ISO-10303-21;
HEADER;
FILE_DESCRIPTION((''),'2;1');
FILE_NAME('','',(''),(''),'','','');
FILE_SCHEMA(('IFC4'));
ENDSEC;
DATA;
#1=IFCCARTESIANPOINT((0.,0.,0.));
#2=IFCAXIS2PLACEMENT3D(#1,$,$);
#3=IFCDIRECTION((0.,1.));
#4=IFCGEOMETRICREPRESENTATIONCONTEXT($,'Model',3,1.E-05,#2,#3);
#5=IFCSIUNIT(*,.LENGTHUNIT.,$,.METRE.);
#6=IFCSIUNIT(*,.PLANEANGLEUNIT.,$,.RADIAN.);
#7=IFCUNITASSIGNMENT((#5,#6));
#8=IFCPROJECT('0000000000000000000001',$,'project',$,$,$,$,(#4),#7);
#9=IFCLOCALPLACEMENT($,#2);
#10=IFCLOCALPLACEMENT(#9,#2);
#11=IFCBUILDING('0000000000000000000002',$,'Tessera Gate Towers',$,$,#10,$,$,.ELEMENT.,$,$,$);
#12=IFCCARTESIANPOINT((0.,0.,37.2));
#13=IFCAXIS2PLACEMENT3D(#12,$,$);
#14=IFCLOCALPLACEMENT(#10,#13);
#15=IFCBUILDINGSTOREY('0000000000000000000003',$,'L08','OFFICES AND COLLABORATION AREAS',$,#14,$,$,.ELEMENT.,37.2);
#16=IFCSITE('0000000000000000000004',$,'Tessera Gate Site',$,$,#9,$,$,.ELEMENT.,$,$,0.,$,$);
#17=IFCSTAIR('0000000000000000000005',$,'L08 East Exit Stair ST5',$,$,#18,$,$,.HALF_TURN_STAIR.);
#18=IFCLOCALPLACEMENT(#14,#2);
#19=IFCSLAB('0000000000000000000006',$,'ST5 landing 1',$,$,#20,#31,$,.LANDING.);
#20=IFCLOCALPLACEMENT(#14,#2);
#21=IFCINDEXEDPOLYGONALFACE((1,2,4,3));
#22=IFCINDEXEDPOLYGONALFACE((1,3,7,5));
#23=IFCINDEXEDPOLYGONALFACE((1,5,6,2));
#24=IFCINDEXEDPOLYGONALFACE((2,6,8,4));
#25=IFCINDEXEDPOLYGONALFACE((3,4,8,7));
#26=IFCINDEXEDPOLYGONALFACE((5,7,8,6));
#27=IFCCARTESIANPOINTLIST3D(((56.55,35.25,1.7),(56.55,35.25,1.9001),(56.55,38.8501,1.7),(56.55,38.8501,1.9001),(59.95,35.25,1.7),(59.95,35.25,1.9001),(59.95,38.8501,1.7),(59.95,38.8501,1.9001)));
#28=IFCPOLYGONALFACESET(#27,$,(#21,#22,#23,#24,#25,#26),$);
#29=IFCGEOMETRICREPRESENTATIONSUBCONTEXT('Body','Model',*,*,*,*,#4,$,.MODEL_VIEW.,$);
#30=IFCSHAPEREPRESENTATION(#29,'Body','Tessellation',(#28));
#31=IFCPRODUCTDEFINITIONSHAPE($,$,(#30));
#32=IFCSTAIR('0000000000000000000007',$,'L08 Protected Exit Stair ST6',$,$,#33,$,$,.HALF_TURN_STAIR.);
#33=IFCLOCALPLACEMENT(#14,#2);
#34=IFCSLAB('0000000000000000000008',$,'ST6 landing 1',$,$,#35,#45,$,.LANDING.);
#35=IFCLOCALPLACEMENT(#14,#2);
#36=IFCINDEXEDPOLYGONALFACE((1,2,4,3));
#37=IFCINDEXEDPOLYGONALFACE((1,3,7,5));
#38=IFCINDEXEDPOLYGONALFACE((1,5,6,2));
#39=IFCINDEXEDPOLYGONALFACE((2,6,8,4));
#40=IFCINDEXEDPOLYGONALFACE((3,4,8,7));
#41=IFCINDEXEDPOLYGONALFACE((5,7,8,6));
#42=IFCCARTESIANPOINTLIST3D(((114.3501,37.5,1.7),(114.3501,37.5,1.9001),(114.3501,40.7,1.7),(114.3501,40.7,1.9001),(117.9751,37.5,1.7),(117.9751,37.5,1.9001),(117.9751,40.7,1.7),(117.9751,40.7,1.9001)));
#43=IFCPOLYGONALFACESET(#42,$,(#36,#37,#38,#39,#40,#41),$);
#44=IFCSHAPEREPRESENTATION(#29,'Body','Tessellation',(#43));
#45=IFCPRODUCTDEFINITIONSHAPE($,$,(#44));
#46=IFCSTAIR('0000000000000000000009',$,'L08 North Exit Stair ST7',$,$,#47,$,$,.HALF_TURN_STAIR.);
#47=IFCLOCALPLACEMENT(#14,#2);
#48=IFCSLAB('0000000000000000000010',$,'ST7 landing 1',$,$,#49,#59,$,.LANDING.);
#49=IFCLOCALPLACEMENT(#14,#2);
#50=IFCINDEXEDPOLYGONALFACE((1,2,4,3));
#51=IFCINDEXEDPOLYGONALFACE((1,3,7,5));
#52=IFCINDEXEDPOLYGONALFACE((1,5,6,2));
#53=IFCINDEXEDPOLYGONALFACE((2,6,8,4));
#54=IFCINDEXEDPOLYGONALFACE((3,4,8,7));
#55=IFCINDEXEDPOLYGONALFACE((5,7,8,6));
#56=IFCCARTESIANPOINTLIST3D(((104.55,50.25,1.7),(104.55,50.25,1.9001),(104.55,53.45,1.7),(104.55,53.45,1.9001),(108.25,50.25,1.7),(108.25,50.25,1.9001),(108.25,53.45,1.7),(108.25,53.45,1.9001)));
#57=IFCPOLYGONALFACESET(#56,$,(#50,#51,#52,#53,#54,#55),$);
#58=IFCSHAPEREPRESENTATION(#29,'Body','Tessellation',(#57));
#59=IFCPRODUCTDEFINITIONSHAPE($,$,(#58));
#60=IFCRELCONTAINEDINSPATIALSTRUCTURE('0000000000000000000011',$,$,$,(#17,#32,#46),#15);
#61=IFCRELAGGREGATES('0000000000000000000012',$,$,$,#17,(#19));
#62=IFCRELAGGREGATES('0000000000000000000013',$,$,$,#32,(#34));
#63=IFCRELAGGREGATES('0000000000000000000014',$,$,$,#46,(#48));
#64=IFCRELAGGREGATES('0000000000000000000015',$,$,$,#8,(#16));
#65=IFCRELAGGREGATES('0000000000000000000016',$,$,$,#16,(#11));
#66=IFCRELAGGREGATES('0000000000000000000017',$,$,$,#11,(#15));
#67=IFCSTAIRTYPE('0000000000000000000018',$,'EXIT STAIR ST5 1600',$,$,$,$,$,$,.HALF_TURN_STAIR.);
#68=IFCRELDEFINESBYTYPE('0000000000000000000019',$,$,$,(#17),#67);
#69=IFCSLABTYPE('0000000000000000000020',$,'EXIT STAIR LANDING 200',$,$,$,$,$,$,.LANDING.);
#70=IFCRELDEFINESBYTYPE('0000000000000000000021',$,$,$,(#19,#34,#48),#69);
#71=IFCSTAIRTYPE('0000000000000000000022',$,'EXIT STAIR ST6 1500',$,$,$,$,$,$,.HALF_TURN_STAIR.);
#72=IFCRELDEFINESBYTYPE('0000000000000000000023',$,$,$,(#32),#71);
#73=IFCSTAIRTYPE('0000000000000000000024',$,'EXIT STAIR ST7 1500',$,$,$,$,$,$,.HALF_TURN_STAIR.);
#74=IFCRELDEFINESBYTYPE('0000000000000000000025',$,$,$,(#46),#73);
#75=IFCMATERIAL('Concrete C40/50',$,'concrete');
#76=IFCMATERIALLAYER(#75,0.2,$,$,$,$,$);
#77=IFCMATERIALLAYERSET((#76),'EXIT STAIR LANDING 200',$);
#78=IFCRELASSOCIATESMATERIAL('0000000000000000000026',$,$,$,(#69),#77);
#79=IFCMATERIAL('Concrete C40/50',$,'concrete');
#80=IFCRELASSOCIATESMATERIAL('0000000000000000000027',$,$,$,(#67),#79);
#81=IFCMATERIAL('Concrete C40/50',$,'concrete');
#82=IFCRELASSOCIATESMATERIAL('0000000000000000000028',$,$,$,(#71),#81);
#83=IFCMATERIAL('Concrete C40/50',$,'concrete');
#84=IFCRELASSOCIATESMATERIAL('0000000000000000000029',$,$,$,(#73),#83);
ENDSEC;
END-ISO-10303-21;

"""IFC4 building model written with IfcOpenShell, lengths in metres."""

from ifc_helpers import new_model, si_unit, direction, frame, origin, place, context, subcontext, project, spatial, polyline, outline, extrude, material, layer, layer_set, type_object, element, aggregate, save


model = new_model("IFC4")

# Units and contexts
model_context = context("Model", 3, precision=1e-05, world=origin(), true_north=direction((0.0, 1.0)))
body_context = subcontext(model_context, "Body", "Model", "MODEL_VIEW")
ifc_project = project(units=[si_unit("LENGTHUNIT", "METRE"), si_unit("PLANEANGLEUNIT", "RADIAN")], contexts=[model_context])

# Site, building, storey
site_placement = place(None, origin())
site = spatial("IfcSite", under=ifc_project, at=site_placement, Name="Tessera Gate Site", CompositionType="ELEMENT", RefElevation=0.0)
building_placement = place(site_placement, origin())
building = spatial("IfcBuilding", under=site, at=building_placement, Name="Tessera Gate Towers", CompositionType="ELEMENT")
storey_placement = place(building_placement, frame((0.0, 0.0, 37.2)))
storey = spatial("IfcBuildingStorey", under=building, at=storey_placement, Name="L08", Description="OFFICES AND COLLABORATION AREAS", CompositionType="ELEMENT", Elevation=37.2)

# Stairs, slabs
ifc_material_1 = material(Name="Concrete C40/50", Category="concrete")
ifc_layer_1 = layer(ifc_material_1, 0.2)
ifc_layer_set_1 = layer_set([ifc_layer_1], Name="EXIT STAIR LANDING 200")
slab_type_1 = type_object("IfcSlabType", Name="EXIT STAIR LANDING 200", PredefinedType="LANDING", material=ifc_layer_set_1)
ifc_material_2 = material(Name="Concrete C40/50", Category="concrete")
stair_type_1 = type_object("IfcStairType", Name="EXIT STAIR ST5 1600", PredefinedType="HALF_TURN_STAIR", material=ifc_material_2)
stair_1_placement = place(storey_placement, origin())
stair_1 = element("IfcStair", 1, at=stair_1_placement, inside=storey, type_object=stair_type_1, Name="L08 East Exit Stair ST5", PredefinedType="HALF_TURN_STAIR")
slab_1_placement = place(storey_placement, frame((0.0, 0.0, 1.7)))
slab_1 = element("IfcSlab", 2, at=slab_1_placement, type_object=slab_type_1, Name="ST5 landing 1", PredefinedType="LANDING", context=body_context, shape_type="SweptSolid", body=[
    extrude(outline(polyline([(59.95, 35.25), (59.95, 38.8501), (56.55, 38.8501), (56.55, 35.25), (59.95, 35.25)])), origin(), (0.0, 0.0, 1.0), 0.2002),
])
aggregate(stair_1, [slab_1])
ifc_material_3 = material(Name="Concrete C40/50", Category="concrete")
stair_type_2 = type_object("IfcStairType", Name="EXIT STAIR ST6 1500", PredefinedType="HALF_TURN_STAIR", material=ifc_material_3)
stair_2_placement = place(storey_placement, origin())
stair_2 = element("IfcStair", 3, at=stair_2_placement, inside=storey, type_object=stair_type_2, Name="L08 Protected Exit Stair ST6", PredefinedType="HALF_TURN_STAIR")
slab_2_placement = place(storey_placement, frame((0.0, 0.0, 1.7)))
slab_2 = element("IfcSlab", 4, at=slab_2_placement, type_object=slab_type_1, Name="ST6 landing 1", PredefinedType="LANDING", context=body_context, shape_type="SweptSolid", body=[
    extrude(outline(polyline([(114.3501, 37.5), (117.9751, 37.5), (117.9751, 40.7), (114.3501, 40.7), (114.3501, 37.5)])), origin(), (0.0, 0.0, 1.0), 0.2002),
])
aggregate(stair_2, [slab_2])
ifc_material_4 = material(Name="Concrete C40/50", Category="concrete")
stair_type_3 = type_object("IfcStairType", Name="EXIT STAIR ST7 1500", PredefinedType="HALF_TURN_STAIR", material=ifc_material_4)
stair_3_placement = place(storey_placement, origin())
stair_3 = element("IfcStair", 5, at=stair_3_placement, inside=storey, type_object=stair_type_3, Name="L08 North Exit Stair ST7", PredefinedType="HALF_TURN_STAIR")
slab_3_placement = place(storey_placement, frame((0.0, 0.0, 1.7)))
slab_3 = element("IfcSlab", 6, at=slab_3_placement, type_object=slab_type_1, Name="ST7 landing 1", PredefinedType="LANDING", context=body_context, shape_type="SweptSolid", body=[
    extrude(outline(polyline([(104.55, 50.25), (108.25, 50.25), (108.25, 53.45), (104.55, 53.45), (104.55, 50.25)])), origin(), (0.0, 0.0, 1.0), 0.2002),
])
aggregate(stair_3, [slab_3])

save(model, "model.ifc")
